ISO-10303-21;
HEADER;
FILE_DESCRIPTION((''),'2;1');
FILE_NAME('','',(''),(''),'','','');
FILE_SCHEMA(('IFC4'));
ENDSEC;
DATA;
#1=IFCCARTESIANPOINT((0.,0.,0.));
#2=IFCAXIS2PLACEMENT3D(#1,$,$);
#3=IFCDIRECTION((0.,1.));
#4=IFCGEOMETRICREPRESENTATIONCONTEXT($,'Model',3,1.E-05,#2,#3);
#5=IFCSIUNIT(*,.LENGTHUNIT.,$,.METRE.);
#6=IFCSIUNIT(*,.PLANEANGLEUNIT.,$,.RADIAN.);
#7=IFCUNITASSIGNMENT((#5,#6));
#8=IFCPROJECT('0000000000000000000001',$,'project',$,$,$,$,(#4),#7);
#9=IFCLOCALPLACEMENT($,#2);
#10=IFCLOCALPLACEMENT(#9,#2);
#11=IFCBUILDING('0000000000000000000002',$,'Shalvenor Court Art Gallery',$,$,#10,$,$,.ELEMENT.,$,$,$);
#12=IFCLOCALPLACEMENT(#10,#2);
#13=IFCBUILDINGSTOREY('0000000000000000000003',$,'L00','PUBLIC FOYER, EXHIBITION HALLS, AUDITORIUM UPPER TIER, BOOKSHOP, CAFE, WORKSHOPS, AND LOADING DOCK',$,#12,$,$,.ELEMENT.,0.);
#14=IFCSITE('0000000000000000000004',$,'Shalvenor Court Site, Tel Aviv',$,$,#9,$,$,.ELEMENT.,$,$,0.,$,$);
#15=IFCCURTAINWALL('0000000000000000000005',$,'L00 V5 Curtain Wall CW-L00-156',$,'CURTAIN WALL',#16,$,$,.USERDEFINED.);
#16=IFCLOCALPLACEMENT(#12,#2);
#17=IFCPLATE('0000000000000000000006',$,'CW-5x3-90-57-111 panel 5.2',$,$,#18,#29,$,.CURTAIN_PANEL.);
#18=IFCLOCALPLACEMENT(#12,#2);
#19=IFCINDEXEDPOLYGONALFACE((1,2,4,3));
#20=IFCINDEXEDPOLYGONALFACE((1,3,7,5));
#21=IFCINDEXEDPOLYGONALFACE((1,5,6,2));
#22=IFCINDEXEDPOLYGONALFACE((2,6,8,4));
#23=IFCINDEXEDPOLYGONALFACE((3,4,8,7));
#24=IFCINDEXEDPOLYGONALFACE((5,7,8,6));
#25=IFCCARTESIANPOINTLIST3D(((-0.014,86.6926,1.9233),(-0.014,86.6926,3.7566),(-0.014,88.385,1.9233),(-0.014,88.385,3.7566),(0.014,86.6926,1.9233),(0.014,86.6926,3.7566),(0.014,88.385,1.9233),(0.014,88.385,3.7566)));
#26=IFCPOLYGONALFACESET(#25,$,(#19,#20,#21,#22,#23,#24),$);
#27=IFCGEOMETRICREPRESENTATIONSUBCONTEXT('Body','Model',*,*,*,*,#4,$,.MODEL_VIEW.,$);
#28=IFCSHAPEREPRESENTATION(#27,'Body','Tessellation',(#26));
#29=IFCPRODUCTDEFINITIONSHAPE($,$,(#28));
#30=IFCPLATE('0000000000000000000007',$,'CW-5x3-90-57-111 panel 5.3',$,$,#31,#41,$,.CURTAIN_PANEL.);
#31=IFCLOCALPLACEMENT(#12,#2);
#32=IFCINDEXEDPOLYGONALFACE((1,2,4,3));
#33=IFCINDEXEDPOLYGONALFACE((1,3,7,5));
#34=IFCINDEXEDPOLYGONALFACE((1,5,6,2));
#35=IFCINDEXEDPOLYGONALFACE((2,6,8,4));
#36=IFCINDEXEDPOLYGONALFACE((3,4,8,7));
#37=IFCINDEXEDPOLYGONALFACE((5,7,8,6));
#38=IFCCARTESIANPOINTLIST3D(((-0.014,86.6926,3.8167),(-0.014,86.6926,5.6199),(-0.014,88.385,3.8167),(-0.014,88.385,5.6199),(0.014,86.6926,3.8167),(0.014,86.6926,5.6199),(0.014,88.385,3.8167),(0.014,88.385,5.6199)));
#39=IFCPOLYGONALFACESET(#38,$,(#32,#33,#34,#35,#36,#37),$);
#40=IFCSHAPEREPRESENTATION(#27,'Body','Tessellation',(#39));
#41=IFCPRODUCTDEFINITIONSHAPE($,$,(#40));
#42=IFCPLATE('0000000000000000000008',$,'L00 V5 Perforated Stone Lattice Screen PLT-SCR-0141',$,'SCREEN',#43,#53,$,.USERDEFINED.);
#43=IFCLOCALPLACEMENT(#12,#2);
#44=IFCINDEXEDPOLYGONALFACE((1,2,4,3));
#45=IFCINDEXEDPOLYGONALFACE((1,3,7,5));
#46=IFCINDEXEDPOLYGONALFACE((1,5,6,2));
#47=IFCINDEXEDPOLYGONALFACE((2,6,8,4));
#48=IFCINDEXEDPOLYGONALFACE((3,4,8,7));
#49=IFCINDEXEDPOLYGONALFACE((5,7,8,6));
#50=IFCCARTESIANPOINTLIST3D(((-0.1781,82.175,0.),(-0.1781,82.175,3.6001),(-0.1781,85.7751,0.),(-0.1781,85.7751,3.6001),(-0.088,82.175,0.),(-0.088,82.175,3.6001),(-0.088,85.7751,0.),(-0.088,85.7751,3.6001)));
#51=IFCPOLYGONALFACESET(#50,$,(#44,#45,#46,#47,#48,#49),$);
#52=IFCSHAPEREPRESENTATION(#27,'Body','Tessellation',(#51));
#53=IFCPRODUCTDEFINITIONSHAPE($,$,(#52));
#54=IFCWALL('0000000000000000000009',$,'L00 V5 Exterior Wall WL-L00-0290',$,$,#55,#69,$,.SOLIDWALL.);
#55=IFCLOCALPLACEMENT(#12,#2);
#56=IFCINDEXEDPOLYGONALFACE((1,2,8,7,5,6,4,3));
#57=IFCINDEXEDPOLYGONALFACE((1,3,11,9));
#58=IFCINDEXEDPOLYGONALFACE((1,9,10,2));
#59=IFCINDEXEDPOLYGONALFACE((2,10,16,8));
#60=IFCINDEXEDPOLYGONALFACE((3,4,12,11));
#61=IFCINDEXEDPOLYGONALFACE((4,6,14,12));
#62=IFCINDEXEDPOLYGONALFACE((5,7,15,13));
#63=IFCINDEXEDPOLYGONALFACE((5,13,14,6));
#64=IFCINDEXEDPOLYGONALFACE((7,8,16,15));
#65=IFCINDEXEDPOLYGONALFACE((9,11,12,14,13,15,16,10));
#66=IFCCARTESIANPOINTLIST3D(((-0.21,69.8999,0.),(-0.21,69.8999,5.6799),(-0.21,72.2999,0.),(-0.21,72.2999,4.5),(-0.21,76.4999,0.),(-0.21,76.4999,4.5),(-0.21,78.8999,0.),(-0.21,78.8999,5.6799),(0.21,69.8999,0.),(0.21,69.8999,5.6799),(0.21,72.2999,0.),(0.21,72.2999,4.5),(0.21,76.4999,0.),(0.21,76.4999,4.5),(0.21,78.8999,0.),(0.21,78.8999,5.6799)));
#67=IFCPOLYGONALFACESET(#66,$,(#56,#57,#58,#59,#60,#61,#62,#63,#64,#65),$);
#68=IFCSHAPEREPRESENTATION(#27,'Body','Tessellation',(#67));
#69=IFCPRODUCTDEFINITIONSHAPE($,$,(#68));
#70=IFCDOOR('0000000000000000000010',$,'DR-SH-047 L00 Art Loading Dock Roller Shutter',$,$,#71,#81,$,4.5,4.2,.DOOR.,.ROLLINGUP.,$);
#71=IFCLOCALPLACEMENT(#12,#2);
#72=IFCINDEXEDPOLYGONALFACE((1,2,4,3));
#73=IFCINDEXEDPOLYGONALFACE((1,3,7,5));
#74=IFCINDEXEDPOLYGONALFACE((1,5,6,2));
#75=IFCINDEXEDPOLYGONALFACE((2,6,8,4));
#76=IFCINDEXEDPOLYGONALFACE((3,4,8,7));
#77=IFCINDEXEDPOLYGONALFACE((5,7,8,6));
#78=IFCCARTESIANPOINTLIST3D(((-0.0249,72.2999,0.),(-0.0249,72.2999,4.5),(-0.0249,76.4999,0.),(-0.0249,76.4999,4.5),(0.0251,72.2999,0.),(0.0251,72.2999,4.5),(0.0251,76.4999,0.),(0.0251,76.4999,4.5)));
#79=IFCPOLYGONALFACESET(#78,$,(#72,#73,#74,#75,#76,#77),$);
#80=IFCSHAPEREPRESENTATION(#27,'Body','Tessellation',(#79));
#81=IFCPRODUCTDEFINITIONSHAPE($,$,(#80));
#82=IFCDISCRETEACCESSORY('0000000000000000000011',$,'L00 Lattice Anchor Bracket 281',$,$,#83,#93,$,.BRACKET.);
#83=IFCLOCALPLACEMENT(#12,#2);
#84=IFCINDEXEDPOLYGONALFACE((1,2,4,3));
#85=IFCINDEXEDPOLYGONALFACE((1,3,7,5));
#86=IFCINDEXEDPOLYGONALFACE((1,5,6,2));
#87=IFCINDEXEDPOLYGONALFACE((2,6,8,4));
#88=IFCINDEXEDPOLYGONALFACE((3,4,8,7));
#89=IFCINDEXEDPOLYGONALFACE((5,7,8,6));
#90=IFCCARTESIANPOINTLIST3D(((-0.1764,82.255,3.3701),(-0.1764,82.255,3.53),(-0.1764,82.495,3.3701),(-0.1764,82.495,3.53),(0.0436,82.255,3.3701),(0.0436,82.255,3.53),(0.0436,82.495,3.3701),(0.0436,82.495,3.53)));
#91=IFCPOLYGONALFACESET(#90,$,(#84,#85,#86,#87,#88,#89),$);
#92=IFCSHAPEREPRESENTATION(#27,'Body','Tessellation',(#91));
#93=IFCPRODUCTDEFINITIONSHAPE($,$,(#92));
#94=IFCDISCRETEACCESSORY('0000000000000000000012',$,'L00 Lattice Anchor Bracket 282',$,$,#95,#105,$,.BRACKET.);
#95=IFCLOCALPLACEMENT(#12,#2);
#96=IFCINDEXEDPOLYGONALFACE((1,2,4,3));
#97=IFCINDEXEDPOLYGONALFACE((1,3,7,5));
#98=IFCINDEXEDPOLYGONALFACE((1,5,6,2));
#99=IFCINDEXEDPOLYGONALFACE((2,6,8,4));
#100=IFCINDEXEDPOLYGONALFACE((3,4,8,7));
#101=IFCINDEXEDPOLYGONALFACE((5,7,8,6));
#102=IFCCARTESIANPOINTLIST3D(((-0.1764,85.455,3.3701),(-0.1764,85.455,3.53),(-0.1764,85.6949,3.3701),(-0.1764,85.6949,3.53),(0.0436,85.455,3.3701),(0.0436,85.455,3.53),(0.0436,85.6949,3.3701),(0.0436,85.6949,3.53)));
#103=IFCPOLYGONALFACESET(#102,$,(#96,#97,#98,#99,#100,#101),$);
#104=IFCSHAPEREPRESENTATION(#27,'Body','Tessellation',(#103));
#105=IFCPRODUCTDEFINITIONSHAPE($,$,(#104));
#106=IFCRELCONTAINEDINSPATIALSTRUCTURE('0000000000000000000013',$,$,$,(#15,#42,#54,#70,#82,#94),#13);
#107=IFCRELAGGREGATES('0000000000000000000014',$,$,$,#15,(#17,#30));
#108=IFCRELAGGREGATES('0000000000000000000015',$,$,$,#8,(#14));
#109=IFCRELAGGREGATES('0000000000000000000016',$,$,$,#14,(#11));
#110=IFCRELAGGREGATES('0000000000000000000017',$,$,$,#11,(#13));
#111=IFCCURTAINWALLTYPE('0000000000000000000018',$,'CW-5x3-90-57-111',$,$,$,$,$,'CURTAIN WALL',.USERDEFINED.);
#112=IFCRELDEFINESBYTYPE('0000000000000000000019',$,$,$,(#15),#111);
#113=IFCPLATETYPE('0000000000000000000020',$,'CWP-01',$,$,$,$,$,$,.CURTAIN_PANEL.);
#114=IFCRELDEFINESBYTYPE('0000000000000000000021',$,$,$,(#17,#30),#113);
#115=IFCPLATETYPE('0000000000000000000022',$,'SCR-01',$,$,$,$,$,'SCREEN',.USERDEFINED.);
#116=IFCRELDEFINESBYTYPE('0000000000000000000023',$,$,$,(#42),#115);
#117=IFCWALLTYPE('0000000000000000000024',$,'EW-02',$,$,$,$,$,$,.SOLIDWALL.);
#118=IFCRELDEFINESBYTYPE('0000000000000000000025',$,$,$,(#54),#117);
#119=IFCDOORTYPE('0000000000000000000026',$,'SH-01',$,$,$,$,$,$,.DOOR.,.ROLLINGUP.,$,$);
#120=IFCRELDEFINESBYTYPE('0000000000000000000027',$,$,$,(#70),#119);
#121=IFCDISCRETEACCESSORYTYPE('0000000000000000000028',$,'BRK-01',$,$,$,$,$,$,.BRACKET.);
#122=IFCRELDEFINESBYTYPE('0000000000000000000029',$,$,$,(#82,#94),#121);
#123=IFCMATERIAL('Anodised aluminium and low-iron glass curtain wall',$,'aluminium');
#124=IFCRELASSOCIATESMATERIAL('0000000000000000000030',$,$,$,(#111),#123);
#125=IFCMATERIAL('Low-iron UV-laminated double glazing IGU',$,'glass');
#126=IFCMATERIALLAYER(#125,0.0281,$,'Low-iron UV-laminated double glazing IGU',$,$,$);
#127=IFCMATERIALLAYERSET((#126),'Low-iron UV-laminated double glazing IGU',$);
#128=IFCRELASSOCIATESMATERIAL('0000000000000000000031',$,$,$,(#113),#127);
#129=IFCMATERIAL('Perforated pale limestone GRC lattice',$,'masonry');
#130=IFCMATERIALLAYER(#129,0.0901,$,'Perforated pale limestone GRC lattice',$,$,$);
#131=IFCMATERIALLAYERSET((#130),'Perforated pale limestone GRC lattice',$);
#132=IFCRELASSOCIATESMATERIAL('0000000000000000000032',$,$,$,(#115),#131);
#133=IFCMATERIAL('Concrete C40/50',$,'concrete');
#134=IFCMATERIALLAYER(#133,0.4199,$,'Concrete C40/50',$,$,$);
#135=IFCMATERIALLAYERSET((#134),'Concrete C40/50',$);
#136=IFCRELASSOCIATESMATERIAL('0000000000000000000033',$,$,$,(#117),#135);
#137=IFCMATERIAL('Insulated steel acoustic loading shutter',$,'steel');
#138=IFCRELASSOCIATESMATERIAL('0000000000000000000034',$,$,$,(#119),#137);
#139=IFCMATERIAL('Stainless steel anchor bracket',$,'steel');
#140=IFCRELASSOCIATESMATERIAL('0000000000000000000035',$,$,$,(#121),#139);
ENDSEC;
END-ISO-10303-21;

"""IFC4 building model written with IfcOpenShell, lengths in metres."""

from ifc_helpers import new_model, si_unit, direction, frame, frame_2d, origin, origin_2d, place, context, subcontext, project, spatial, rectangle, extrude, material, layer, layer_set, type_object, element, fill, aggregate, save


model = new_model("IFC4")

# Units and contexts
model_context = context("Model", 3, precision=1e-05, world=origin(), true_north=direction((0.0, 1.0)))
body_context = subcontext(model_context, "Body", "Model", "MODEL_VIEW")
ifc_project = project(units=[si_unit("LENGTHUNIT", "METRE"), si_unit("PLANEANGLEUNIT", "RADIAN")], contexts=[model_context])

# Site, building, storey
site_placement = place(None, origin())
site = spatial("IfcSite", under=ifc_project, at=site_placement, Name="Shalvenor Court Site, Tel Aviv", CompositionType="ELEMENT", RefElevation=0.0)
building_placement = place(site_placement, origin())
building = spatial("IfcBuilding", under=site, at=building_placement, Name="Shalvenor Court Art Gallery", CompositionType="ELEMENT")
storey_placement = place(building_placement, origin())
storey = spatial("IfcBuildingStorey", under=building, at=storey_placement, Name="L00", Description="PUBLIC FOYER, EXHIBITION HALLS, AUDITORIUM UPPER TIER, BOOKSHOP, CAFE, WORKSHOPS, AND LOADING DOCK", CompositionType="ELEMENT", Elevation=0.0)

# Curtain wall
ifc_material_1 = material(Name="Anodised aluminium and low-iron glass curtain wall", Category="aluminium")
curtain_wall_type = type_object("IfcCurtainWallType", Name="CW-5x3-90-57-111", ElementType="CURTAIN WALL", PredefinedType="USERDEFINED", material=ifc_material_1)
curtain_wall_placement = place(storey_placement, origin())
curtain_wall = element("IfcCurtainWall", 1, at=curtain_wall_placement, inside=storey, type_object=curtain_wall_type, Name="L00 V5 Curtain Wall CW-L00-156", ObjectType="CURTAIN WALL", PredefinedType="USERDEFINED")

# Plates
ifc_material_2 = material(Name="Low-iron UV-laminated double glazing IGU", Category="glass")
ifc_layer_1 = layer(ifc_material_2, 0.0281, Name="Low-iron UV-laminated double glazing IGU")
ifc_layer_set_1 = layer_set([ifc_layer_1], Name="Low-iron UV-laminated double glazing IGU")
plate_type_1 = type_object("IfcPlateType", Name="CWP-01", PredefinedType="CURTAIN_PANEL", material=ifc_layer_set_1)
plate_1_placement = place(storey_placement, frame((0.0, 87.5388, 1.9233), z_axis=(0.0, 0.0, 1.0), x_axis=(0.0, 1.0, 0.0)))
plate_1 = element("IfcPlate", 2, at=plate_1_placement, type_object=plate_type_1, Name="CW-5x3-90-57-111 panel 5.2", PredefinedType="CURTAIN_PANEL", context=body_context, shape_type="SweptSolid", body=[
    extrude(rectangle(XDim=1.6924, YDim=0.0281, at=origin_2d()), origin(), (0.0, 0.0, 1.0), 1.8333),
])
plate_2_placement = place(storey_placement, frame((0.0, 87.5388, 3.8167), z_axis=(0.0, 0.0, 1.0), x_axis=(0.0, 1.0, 0.0)))
plate_2 = element("IfcPlate", 3, at=plate_2_placement, type_object=plate_type_1, Name="CW-5x3-90-57-111 panel 5.3", PredefinedType="CURTAIN_PANEL", context=body_context, shape_type="SweptSolid", body=[
    extrude(rectangle(XDim=1.6924, YDim=0.0281, at=origin_2d()), origin(), (0.0, 0.0, 1.0), 1.8032),
])
aggregate(curtain_wall, [plate_1, plate_2])
ifc_material_3 = material(Name="Perforated pale limestone GRC lattice", Category="masonry")
ifc_layer_2 = layer(ifc_material_3, 0.0901, Name="Perforated pale limestone GRC lattice")
ifc_layer_set_2 = layer_set([ifc_layer_2], Name="Perforated pale limestone GRC lattice")
plate_type_2 = type_object("IfcPlateType", Name="SCR-01", ElementType="SCREEN", PredefinedType="USERDEFINED", material=ifc_layer_set_2)
plate_3_placement = place(storey_placement, frame((-0.1331, 83.9751, 0.0), z_axis=(0.0, 0.0, 1.0), x_axis=(0.0, 1.0, 0.0)))
element("IfcPlate", 4, at=plate_3_placement, inside=storey, type_object=plate_type_2, Name="L00 V5 Perforated Stone Lattice Screen PLT-SCR-0141", ObjectType="SCREEN", PredefinedType="USERDEFINED", context=body_context, shape_type="SweptSolid", body=[
    extrude(rectangle(XDim=3.6001, YDim=0.0901, at=origin_2d()), origin(), (0.0, 0.0, 1.0), 3.6001),
])

# Wall, opening, door
ifc_material_4 = material(Name="Concrete C40/50", Category="concrete")
ifc_layer_3 = layer(ifc_material_4, 0.4199, Name="Concrete C40/50")
ifc_layer_set_3 = layer_set([ifc_layer_3], Name="Concrete C40/50")
wall_type = type_object("IfcWallType", Name="EW-02", PredefinedType="SOLIDWALL", material=ifc_layer_set_3)
wall_placement = place(storey_placement, frame((0.0, 69.8999, 0.0), z_axis=(0.0, 0.0, 1.0), x_axis=(0.0, 1.0, 0.0)))
wall = element("IfcWall", 5, at=wall_placement, inside=storey, type_object=wall_type, Name="L00 V5 Exterior Wall WL-L00-0290", PredefinedType="SOLIDWALL", context=body_context, shape_type="SweptSolid", body=[
    extrude(rectangle(XDim=9.0, YDim=0.4199, at=frame_2d((4.5, 0.0))), origin(), (0.0, 0.0, 1.0), 5.6799),
])
opening_placement = place(wall_placement, frame((2.3999, 0.0, 0.0)))
opening = element("IfcOpeningElement", 6, at=opening_placement, cuts=wall, PredefinedType="OPENING", context=body_context, shape_type="SweptSolid", body=[
    extrude(rectangle(XDim=4.2, YDim=4.5, at=frame_2d((2.1001, 2.25))), frame((0.0, 0.22, 0.0), z_axis=(0.0, -1.0, 0.0), x_axis=(1.0, 0.0, 0.0)), (0.0, 0.0, 1.0), 0.4399),
])
ifc_material_5 = material(Name="Insulated steel acoustic loading shutter", Category="steel")
door_type = type_object("IfcDoorType", Name="SH-01", OperationType="ROLLINGUP", PredefinedType="DOOR", material=ifc_material_5)
door_placement = place(opening_placement, origin())
door = element("IfcDoor", 7, at=door_placement, inside=storey, type_object=door_type, Name="DR-SH-047 L00 Art Loading Dock Roller Shutter", OperationType="ROLLINGUP", OverallHeight=4.5, OverallWidth=4.2, PredefinedType="DOOR", context=body_context, shape_type="SweptSolid", body=[
    extrude(rectangle(XDim=4.2, YDim=4.5, at=frame_2d((2.1001, 2.25))), frame((0.0, 0.0249, 0.0), z_axis=(0.0, -1.0, 0.0), x_axis=(1.0, 0.0, 0.0)), (0.0, 0.0, 1.0), 0.05),
])
fill(opening, door)

# Discrete accessories
ifc_material_6 = material(Name="Stainless steel anchor bracket", Category="steel")
discrete_accessory_type = type_object("IfcDiscreteAccessoryType", Name="BRK-01", PredefinedType="BRACKET", material=ifc_material_6)
for number, where, z_axis, x_axis, name in (
    (8, (-0.0664, 82.375, 3.3701), (0.0, 0.0, 1.0), (0.0, 1.0, 0.0), "L00 Lattice Anchor Bracket 281"),
    (9, (-0.0664, 85.575, 3.3701), (0.0, 0.0, 1.0), (0.0, 1.0, 0.0), "L00 Lattice Anchor Bracket 282"),
):
    element("IfcDiscreteAccessory", number, at=place(storey_placement, frame(where, z_axis=z_axis, x_axis=x_axis)), inside=storey, type_object=discrete_accessory_type, Name=name, PredefinedType="BRACKET", context=body_context, shape_type="SweptSolid", body=[
        extrude(rectangle(XDim=0.24, YDim=0.22, at=origin_2d()), origin(), (0.0, 0.0, 1.0), 0.1599),
    ])

save(model, "model.ifc")
